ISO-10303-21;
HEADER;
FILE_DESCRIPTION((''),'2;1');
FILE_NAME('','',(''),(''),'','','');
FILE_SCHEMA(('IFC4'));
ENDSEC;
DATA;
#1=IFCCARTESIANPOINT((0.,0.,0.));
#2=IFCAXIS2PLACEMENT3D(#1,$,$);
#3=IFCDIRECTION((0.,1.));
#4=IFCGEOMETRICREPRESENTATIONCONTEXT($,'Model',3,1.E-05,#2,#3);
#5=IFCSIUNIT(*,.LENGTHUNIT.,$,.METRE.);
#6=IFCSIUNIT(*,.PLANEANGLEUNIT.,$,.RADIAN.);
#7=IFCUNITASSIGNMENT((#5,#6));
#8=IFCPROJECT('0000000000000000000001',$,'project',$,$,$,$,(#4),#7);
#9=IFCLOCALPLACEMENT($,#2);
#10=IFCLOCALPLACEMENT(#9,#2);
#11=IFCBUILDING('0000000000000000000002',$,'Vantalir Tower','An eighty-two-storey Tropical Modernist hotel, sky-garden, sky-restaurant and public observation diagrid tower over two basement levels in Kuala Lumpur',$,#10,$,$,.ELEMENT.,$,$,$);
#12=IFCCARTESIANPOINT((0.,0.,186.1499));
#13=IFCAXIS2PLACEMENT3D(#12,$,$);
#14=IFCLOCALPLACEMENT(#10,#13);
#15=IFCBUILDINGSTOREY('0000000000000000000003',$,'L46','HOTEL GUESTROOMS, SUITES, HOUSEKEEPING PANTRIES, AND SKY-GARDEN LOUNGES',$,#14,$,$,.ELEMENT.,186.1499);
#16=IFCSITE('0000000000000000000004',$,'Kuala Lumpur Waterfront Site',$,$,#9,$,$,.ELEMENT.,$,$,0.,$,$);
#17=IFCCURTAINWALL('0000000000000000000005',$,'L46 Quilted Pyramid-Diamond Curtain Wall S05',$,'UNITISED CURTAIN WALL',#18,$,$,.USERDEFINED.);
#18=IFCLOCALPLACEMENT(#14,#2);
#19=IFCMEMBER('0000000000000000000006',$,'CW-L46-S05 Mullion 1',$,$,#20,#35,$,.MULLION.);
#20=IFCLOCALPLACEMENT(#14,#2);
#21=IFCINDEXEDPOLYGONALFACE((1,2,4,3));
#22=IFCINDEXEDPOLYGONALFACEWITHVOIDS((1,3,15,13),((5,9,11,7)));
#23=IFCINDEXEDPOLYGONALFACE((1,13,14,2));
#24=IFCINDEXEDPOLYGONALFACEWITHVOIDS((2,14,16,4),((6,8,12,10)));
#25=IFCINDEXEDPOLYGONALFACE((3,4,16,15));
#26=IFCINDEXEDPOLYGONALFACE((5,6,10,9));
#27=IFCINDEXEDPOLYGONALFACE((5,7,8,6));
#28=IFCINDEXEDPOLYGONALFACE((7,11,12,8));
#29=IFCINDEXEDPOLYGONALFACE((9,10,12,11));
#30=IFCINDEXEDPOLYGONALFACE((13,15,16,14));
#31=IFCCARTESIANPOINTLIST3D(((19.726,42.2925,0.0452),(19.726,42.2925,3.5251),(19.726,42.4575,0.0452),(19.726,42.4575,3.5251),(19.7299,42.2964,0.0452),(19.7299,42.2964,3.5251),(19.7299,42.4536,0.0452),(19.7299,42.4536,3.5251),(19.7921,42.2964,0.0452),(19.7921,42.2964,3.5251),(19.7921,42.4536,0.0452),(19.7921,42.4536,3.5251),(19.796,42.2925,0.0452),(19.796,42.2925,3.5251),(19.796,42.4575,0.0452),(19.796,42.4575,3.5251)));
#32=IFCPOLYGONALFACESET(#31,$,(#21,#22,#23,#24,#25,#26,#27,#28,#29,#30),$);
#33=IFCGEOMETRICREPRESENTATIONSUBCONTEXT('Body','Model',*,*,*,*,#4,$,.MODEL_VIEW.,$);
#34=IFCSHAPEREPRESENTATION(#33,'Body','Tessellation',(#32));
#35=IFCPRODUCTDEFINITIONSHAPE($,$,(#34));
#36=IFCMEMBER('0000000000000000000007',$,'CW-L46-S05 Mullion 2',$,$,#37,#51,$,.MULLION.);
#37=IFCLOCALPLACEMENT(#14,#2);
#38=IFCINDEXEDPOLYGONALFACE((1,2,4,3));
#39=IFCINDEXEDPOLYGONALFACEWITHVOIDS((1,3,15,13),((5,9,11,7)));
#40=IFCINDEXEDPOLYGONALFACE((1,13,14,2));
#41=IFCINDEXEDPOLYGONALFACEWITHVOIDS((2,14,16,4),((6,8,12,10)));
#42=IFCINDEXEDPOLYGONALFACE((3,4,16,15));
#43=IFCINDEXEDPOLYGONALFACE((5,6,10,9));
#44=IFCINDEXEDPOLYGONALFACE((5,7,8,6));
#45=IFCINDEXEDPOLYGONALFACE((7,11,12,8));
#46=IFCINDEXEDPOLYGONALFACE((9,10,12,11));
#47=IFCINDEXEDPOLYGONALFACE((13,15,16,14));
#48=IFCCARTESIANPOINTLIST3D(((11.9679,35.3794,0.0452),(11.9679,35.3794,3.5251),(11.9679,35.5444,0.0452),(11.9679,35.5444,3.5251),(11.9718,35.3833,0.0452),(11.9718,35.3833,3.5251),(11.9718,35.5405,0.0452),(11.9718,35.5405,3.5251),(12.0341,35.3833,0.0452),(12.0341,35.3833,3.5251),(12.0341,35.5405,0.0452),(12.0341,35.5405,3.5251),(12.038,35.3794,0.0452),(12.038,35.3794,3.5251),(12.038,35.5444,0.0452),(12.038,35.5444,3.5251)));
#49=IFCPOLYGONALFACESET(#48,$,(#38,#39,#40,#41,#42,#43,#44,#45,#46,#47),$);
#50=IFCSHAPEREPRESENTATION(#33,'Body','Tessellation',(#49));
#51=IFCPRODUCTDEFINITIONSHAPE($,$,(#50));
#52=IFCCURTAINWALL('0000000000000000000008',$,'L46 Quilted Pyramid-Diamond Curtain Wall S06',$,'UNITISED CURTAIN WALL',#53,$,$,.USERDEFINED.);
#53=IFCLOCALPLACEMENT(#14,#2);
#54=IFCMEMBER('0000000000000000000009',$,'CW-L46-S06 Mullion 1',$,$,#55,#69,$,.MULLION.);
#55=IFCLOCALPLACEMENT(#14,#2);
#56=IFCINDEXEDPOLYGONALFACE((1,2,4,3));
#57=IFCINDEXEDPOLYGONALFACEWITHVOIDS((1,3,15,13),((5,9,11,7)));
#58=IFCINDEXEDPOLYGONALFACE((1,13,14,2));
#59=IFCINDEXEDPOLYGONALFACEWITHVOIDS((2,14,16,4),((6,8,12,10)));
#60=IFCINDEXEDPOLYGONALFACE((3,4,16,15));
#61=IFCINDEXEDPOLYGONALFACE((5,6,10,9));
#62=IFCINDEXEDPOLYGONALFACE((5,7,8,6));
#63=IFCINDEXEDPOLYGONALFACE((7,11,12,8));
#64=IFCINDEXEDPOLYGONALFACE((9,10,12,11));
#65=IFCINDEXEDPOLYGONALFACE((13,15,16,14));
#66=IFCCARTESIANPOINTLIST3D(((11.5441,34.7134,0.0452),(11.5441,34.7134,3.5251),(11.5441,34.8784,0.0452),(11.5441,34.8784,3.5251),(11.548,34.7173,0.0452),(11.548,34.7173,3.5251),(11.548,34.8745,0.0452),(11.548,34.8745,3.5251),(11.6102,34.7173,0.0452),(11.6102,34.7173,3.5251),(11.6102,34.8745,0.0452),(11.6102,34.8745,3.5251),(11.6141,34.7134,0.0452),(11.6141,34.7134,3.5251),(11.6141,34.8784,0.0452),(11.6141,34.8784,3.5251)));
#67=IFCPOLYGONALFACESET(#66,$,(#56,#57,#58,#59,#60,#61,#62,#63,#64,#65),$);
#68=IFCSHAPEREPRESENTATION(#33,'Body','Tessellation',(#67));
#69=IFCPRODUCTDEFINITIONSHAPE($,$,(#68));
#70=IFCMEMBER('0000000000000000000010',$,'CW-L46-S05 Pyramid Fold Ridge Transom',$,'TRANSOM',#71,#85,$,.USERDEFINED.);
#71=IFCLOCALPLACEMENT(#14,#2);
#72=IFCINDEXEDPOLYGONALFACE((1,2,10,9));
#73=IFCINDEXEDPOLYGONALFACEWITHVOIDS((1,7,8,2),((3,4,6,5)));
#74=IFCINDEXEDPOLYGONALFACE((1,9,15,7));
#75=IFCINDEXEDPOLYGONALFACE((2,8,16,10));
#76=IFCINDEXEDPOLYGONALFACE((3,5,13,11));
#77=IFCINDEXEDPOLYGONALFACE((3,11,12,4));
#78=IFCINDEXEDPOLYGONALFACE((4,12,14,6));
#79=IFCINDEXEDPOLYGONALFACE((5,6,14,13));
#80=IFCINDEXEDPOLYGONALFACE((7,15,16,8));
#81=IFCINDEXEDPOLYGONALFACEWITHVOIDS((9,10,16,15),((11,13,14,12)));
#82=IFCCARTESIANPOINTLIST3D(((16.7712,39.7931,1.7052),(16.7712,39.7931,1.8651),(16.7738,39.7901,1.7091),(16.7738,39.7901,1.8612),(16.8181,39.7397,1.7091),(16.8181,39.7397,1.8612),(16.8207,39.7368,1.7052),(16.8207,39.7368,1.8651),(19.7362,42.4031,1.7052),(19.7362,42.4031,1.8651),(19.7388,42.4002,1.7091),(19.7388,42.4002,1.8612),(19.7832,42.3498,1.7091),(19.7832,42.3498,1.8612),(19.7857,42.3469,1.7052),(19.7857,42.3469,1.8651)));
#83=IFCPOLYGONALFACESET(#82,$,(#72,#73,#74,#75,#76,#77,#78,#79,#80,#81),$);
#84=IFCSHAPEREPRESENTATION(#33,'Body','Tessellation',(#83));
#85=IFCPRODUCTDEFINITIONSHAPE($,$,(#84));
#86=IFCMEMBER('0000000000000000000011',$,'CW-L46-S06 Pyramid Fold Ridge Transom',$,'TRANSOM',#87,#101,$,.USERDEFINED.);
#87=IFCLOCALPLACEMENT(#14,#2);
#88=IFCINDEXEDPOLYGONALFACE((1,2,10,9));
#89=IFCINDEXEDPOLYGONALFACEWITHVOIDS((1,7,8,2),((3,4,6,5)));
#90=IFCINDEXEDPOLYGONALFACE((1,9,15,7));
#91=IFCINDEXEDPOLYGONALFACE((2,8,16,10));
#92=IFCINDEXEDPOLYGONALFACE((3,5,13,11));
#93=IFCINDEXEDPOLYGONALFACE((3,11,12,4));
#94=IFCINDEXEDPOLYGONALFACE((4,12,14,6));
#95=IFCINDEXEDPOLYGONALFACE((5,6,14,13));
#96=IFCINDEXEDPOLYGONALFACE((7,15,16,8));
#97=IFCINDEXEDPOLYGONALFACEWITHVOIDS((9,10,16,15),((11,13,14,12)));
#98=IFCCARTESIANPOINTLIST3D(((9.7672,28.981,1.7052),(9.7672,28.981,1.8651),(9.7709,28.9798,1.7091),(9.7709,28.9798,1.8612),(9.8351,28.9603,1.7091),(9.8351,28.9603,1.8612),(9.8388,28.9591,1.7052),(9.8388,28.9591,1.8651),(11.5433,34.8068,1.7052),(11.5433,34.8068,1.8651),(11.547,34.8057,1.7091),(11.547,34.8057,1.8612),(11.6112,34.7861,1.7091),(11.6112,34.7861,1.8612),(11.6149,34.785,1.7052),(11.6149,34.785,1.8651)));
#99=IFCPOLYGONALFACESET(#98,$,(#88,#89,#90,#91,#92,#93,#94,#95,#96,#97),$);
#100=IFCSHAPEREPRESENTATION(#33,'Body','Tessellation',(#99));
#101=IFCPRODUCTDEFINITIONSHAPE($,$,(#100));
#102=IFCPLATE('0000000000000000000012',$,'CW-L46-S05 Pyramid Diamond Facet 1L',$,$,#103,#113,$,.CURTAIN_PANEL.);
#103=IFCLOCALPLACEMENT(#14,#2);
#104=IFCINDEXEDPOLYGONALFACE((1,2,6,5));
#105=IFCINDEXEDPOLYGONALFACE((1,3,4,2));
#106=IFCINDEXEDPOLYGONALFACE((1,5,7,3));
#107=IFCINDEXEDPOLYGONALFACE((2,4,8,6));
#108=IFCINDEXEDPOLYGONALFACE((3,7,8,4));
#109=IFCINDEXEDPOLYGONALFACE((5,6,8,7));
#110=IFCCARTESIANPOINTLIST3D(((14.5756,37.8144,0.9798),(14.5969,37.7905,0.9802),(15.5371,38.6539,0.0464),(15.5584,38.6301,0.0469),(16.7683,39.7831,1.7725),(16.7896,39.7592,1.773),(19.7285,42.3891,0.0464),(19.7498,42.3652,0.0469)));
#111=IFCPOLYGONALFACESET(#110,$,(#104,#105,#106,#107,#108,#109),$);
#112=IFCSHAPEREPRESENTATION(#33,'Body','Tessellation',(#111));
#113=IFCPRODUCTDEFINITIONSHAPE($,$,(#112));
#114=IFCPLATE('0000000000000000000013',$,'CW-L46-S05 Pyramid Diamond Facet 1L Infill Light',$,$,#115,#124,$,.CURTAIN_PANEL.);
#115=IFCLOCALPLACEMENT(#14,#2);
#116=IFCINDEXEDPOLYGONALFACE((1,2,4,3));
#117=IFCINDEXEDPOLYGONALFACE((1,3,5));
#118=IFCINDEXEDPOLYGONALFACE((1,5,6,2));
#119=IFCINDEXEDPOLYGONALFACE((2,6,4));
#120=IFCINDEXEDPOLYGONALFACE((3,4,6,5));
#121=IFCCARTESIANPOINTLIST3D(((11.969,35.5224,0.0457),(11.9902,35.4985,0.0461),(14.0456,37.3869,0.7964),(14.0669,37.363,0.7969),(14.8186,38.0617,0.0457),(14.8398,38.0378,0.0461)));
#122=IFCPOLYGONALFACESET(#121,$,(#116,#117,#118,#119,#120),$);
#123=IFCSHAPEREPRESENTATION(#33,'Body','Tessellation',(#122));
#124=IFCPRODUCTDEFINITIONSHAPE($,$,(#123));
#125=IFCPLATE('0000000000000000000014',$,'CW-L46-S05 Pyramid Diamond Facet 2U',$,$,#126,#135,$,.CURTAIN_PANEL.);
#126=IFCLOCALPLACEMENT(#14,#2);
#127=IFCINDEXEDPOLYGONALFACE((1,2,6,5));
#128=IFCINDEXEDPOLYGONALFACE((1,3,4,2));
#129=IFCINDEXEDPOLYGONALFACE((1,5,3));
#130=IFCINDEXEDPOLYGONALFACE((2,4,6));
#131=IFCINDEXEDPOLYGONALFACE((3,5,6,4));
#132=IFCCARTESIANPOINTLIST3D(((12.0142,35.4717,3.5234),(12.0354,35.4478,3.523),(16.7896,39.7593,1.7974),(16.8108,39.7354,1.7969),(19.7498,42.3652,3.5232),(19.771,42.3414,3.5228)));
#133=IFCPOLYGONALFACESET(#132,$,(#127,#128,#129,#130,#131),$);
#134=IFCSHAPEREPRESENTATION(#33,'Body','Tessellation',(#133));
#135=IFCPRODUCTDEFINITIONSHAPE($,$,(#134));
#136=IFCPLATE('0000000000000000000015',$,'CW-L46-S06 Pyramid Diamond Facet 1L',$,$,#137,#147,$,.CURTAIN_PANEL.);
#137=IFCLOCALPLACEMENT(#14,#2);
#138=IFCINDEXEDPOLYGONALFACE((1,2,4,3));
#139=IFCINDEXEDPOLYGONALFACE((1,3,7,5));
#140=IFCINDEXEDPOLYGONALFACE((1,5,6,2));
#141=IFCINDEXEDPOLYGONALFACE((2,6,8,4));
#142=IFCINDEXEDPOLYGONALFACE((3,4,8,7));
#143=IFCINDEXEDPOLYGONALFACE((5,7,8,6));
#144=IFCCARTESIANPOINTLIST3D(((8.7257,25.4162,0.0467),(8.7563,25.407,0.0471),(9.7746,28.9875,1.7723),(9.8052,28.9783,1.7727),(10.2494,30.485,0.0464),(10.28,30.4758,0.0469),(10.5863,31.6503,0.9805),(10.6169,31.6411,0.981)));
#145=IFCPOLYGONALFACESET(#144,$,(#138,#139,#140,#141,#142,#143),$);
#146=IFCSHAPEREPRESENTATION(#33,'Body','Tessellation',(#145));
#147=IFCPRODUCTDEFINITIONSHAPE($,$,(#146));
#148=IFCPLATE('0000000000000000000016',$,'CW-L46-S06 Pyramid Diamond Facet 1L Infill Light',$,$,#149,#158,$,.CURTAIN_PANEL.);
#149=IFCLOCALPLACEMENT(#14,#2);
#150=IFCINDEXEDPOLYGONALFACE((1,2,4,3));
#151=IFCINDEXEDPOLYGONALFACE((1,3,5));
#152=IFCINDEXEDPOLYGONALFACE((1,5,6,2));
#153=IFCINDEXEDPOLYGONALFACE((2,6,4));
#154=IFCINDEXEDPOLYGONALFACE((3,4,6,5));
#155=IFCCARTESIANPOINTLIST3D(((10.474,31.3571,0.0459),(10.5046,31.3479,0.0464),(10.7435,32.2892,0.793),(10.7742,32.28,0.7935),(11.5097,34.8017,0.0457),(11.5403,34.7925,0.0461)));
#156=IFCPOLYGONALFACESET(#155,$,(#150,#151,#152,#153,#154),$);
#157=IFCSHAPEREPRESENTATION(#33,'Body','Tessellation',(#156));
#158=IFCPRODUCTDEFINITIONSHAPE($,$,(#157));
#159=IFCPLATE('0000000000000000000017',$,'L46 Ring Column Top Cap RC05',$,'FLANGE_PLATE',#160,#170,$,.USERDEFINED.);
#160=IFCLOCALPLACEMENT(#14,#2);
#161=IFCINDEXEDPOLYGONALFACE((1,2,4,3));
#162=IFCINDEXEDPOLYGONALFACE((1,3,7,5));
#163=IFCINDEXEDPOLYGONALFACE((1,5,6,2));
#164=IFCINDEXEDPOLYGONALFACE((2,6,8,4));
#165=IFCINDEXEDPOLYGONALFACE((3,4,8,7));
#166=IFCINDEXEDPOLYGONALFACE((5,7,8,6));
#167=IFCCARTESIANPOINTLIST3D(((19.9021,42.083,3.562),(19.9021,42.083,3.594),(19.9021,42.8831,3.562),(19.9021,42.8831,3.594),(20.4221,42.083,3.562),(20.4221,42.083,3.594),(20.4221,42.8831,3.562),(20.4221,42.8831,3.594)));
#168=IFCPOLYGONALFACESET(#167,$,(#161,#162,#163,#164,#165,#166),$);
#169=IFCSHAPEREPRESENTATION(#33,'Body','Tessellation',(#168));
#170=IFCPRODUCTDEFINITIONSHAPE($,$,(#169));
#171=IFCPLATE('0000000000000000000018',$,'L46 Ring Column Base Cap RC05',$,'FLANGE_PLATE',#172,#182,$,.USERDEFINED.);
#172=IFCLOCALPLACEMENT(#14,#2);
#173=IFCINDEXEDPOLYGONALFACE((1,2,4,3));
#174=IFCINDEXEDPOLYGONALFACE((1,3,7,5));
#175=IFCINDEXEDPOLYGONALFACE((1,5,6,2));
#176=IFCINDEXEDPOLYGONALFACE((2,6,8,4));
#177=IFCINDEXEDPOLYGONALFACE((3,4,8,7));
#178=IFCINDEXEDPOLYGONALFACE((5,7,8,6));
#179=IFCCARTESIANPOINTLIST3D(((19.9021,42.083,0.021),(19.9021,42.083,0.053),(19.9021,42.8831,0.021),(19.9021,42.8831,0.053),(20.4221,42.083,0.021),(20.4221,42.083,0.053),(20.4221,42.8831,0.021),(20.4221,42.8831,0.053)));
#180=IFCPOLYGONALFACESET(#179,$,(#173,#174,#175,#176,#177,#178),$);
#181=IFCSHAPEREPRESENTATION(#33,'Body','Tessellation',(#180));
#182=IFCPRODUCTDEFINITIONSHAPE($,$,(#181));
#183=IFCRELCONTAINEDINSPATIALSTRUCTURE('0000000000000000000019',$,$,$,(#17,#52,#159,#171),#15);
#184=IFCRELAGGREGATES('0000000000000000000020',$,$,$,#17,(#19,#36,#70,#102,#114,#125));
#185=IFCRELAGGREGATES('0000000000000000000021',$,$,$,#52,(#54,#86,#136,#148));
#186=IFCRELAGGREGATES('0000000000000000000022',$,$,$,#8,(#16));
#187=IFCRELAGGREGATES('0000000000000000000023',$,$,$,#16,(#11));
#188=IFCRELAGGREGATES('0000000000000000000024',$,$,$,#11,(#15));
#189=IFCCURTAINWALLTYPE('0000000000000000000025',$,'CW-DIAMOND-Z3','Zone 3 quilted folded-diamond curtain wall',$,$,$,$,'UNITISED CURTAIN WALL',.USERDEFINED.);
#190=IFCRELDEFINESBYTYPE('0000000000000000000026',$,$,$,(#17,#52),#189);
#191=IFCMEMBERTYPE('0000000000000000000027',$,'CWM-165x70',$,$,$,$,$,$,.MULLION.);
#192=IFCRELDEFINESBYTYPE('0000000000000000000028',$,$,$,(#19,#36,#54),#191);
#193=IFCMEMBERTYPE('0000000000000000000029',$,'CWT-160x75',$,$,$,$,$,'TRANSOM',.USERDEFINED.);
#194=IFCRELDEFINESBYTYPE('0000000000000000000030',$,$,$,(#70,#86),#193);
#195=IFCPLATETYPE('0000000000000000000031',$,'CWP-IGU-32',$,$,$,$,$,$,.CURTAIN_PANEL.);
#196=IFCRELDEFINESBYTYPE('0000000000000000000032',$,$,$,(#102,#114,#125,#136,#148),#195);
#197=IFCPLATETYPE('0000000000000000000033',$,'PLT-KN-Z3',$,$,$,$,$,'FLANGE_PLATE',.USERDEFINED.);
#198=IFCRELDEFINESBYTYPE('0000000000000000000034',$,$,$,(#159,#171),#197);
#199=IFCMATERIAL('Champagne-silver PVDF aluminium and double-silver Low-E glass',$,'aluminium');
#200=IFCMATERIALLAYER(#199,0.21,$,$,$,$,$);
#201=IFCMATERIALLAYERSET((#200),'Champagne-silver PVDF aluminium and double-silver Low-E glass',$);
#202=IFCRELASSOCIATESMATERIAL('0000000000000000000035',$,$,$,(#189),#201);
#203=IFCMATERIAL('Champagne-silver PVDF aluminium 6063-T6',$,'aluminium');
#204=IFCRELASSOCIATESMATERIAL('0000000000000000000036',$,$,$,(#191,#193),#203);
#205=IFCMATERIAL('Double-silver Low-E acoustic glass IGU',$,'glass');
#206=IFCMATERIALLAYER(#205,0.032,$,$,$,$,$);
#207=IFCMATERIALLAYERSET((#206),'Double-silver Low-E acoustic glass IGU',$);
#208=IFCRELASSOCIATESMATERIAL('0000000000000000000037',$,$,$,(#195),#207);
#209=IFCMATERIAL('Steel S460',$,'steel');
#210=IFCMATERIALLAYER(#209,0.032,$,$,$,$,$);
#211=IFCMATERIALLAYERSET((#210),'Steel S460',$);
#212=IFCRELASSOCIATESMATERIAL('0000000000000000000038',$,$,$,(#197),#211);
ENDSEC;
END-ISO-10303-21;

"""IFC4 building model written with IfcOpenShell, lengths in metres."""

from ifc_helpers import new_model, si_unit, direction, frame, origin, origin_2d, place, context, subcontext, project, spatial, polyline, hollow_rectangle, outline, extrude, material, layer, layer_set, material_profile, profile_set, type_object, element, aggregate, save


model = new_model("IFC4")

# Units and contexts
model_context = context("Model", 3, precision=1e-05, world=origin(), true_north=direction((0.0, 1.0)))
body_context = subcontext(model_context, "Body", "Model", "MODEL_VIEW")
ifc_project = project(units=[si_unit("LENGTHUNIT", "METRE"), si_unit("PLANEANGLEUNIT", "RADIAN")], contexts=[model_context])

# Site, building, storey
site_placement = place(None, origin())
site = spatial("IfcSite", under=ifc_project, at=site_placement, Name="Kuala Lumpur Waterfront Site", CompositionType="ELEMENT", RefElevation=0.0)
building_placement = place(site_placement, origin())
building = spatial("IfcBuilding", under=site, at=building_placement, Name="Vantalir Tower", Description="An eighty-two-storey Tropical Modernist hotel, sky-garden, sky-restaurant and public observation diagrid tower over two basement levels in Kuala Lumpur", CompositionType="ELEMENT")
storey_placement = place(building_placement, frame((0.0, 0.0, 186.1499)))
storey = spatial("IfcBuildingStorey", under=building, at=storey_placement, Name="L46", Description="HOTEL GUESTROOMS, SUITES, HOUSEKEEPING PANTRIES, AND SKY-GARDEN LOUNGES", CompositionType="ELEMENT", Elevation=186.1499)

# Shared definitions
ifc_material_1 = material(Name="Steel S460", Category="steel")

# Curtain wall, members
ifc_material_2 = material(Name="Champagne-silver PVDF aluminium and double-silver Low-E glass", Category="aluminium")
ifc_layer_1 = layer(ifc_material_2, 0.21)
ifc_layer_set_1 = layer_set([ifc_layer_1], Name="Champagne-silver PVDF aluminium and double-silver Low-E glass")
curtain_wall_type = type_object("IfcCurtainWallType", Name="CW-DIAMOND-Z3", Description="Zone 3 quilted folded-diamond curtain wall", ElementType="UNITISED CURTAIN WALL", PredefinedType="USERDEFINED", material=ifc_layer_set_1)
curtain_wall_1_placement = place(storey_placement, origin())
curtain_wall_1 = element("IfcCurtainWall", 1, at=curtain_wall_1_placement, inside=storey, type_object=curtain_wall_type, Name="L46 Quilted Pyramid-Diamond Curtain Wall S05", ObjectType="UNITISED CURTAIN WALL", PredefinedType="USERDEFINED")
ifc_material_3 = material(Name="Champagne-silver PVDF aluminium 6063-T6", Category="aluminium")
ifc_material_profile_1 = material_profile(ifc_material_3, hollow_rectangle(XDim=0.0701, YDim=0.165, WallThickness=0.0039, at=origin_2d()), Name="Champagne-silver PVDF aluminium 6063-T6")
ifc_profile_set_1 = profile_set([ifc_material_profile_1], Name="Champagne-silver PVDF aluminium 6063-T6")
member_type_1 = type_object("IfcMemberType", Name="CWM-165x70", PredefinedType="MULLION", material=ifc_profile_set_1)
member_1_placement = place(storey_placement, frame((19.761, 42.375, 0.0452), z_axis=(0.0, 0.0, 1.0), x_axis=(1.0, 0.0, 0.0)))
member_1 = element("IfcMember", 2, at=member_1_placement, type_object=member_type_1, Name="CW-L46-S05 Mullion 1", PredefinedType="MULLION", context=body_context, shape_type="SweptSolid", body=[
    extrude(hollow_rectangle(XDim=0.0701, YDim=0.165, WallThickness=0.0039, at=origin_2d()), origin(), (0.0, 0.0, 1.0), 3.48),
])
member_2_placement = place(storey_placement, frame((12.0029, 35.4619, 0.0452), z_axis=(0.0, 0.0, 1.0), x_axis=(1.0, 0.0, 0.0)))
member_2 = element("IfcMember", 3, at=member_2_placement, type_object=member_type_1, Name="CW-L46-S05 Mullion 2", PredefinedType="MULLION", context=body_context, shape_type="SweptSolid", body=[
    extrude(hollow_rectangle(XDim=0.0701, YDim=0.165, WallThickness=0.0039, at=origin_2d()), origin(), (0.0, 0.0, 1.0), 3.48),
])

# Curtain wall, member
curtain_wall_2_placement = place(storey_placement, origin())
curtain_wall_2 = element("IfcCurtainWall", 4, at=curtain_wall_2_placement, inside=storey, type_object=curtain_wall_type, Name="L46 Quilted Pyramid-Diamond Curtain Wall S06", ObjectType="UNITISED CURTAIN WALL", PredefinedType="USERDEFINED")
member_3_placement = place(storey_placement, frame((11.5791, 34.7959, 0.0452), z_axis=(0.0, 0.0, 1.0), x_axis=(1.0, 0.0, 0.0)))
member_3 = element("IfcMember", 5, at=member_3_placement, type_object=member_type_1, Name="CW-L46-S06 Mullion 1", PredefinedType="MULLION", context=body_context, shape_type="SweptSolid", body=[
    extrude(hollow_rectangle(XDim=0.0701, YDim=0.165, WallThickness=0.0039, at=origin_2d()), origin(), (0.0, 0.0, 1.0), 3.48),
])

# Members
ifc_material_profile_2 = material_profile(ifc_material_3, hollow_rectangle(XDim=0.075, YDim=0.1599, WallThickness=0.0039, at=origin_2d()), Name="Champagne-silver PVDF aluminium 6063-T6")
ifc_profile_set_2 = profile_set([ifc_material_profile_2], Name="Champagne-silver PVDF aluminium 6063-T6")
member_type_2 = type_object("IfcMemberType", Name="CWT-160x75", ElementType="TRANSOM", PredefinedType="USERDEFINED", material=ifc_profile_set_2)
member_4_placement = place(storey_placement, frame((19.761, 42.375, 1.7852), z_axis=(-0.750609, -0.660746, 0.0), x_axis=(0.660746, -0.750609, 0.0)))
member_4 = element("IfcMember", 6, at=member_4_placement, type_object=member_type_2, Name="CW-L46-S05 Pyramid Fold Ridge Transom", ObjectType="TRANSOM", PredefinedType="USERDEFINED", context=body_context, shape_type="SweptSolid", body=[
    extrude(hollow_rectangle(XDim=0.075, YDim=0.1599, WallThickness=0.0039, at=origin_2d()), origin(), (0.0, 0.0, 1.0), 3.9502),
])
member_5_placement = place(storey_placement, frame((11.5791, 34.7959, 1.7852), z_axis=(-0.291615, -0.956536, 0.0), x_axis=(0.956536, -0.291615, 0.0)))
member_5 = element("IfcMember", 7, at=member_5_placement, type_object=member_type_2, Name="CW-L46-S06 Pyramid Fold Ridge Transom", ObjectType="TRANSOM", PredefinedType="USERDEFINED", context=body_context, shape_type="SweptSolid", body=[
    extrude(hollow_rectangle(XDim=0.075, YDim=0.1599, WallThickness=0.0039, at=origin_2d()), origin(), (0.0, 0.0, 1.0), 6.0906),
])

# Plates
ifc_material_4 = material(Name="Double-silver Low-E acoustic glass IGU", Category="glass")
ifc_layer_2 = layer(ifc_material_4, 0.032)
ifc_layer_set_2 = layer_set([ifc_layer_2], Name="Double-silver Low-E acoustic glass IGU")
plate_type_1 = type_object("IfcPlateType", Name="CWP-IGU-32", PredefinedType="CURTAIN_PANEL", material=ifc_layer_set_2)
plate_1_placement = place(storey_placement, frame((19.7498, 42.3652, 0.0469), z_axis=(0.665246, -0.746496, 0.01382), x_axis=(-0.746568, -0.66531, 0.0)))
plate_1 = element("IfcPlate", 8, at=plate_1_placement, type_object=plate_type_1, Name="CW-L46-S05 Pyramid Diamond Facet 1L", PredefinedType="CURTAIN_PANEL", context=body_context, shape_type="SweptSolid", body=[
    extrude(outline(polyline([(0.0, 0.0), (5.6142, 0.0), (6.8905, -0.9334), (3.9438, -1.7262), (0.0, 0.0)])), origin(), (0.0, 0.0, -1.0), 0.032),
])
plate_2_placement = place(storey_placement, frame((14.8398, 38.0378, 0.0461), z_axis=(0.665224, -0.746514, 0.013897), x_axis=(-0.746586, -0.665288, 0.0)))
plate_2 = element("IfcPlate", 9, at=plate_2_placement, type_object=plate_type_1, Name="CW-L46-S05 Pyramid Diamond Facet 1L Infill Light", PredefinedType="CURTAIN_PANEL", context=body_context, shape_type="SweptSolid", body=[
    extrude(outline(polyline([(0.0, 0.0), (3.8169, 0.0), (1.026, -0.7508), (0.0, 0.0)])), origin(), (0.0, 0.0, -1.0), 0.032),
])
plate_3_placement = place(storey_placement, frame((12.0142, 35.4717, 3.5234), z_axis=(-0.665241, 0.7465, 0.01385), x_axis=(0.746572, 0.665305, -0.000024)))
plate_3 = element("IfcPlate", 10, at=plate_3_placement, type_object=plate_type_1, Name="CW-L46-S05 Pyramid Diamond Facet 2U", PredefinedType="CURTAIN_PANEL", context=body_context, shape_type="SweptSolid", body=[
    extrude(outline(polyline([(0.0, 0.0), (10.3615, 0.0), (6.4178, 1.7261), (0.0, 0.0)])), origin(), (0.0, 0.0, -1.0), 0.032),
])
aggregate(curtain_wall_1, [member_1, member_2, member_4, plate_1, plate_2, plate_3])
plate_4_placement = place(storey_placement, frame((10.28, 30.4758, 0.0469), z_axis=(0.957579, -0.287845, 0.013701), x_axis=(-0.287872, -0.957669, 0.000046)))
plate_4 = element("IfcPlate", 11, at=plate_4_placement, type_object=plate_type_1, Name="CW-L46-S06 Pyramid Diamond Facet 1L", PredefinedType="CURTAIN_PANEL", context=body_context, shape_type="SweptSolid", body=[
    extrude(outline(polyline([(0.0, 0.0), (5.2929, 0.0), (1.5709, -1.7259), (-1.2129, -0.9342), (0.0, 0.0)])), origin(), (0.0, 0.0, -1.0), 0.032),
])
plate_5_placement = place(storey_placement, frame((11.5403, 34.7925, 0.0461), z_axis=(0.957562, -0.287899, 0.013742), x_axis=(-0.287927, -0.957652, 0.000068)))
plate_5 = element("IfcPlate", 12, at=plate_5_placement, type_object=plate_type_1, Name="CW-L46-S06 Pyramid Diamond Facet 1L Infill Light", PredefinedType="CURTAIN_PANEL", context=body_context, shape_type="SweptSolid", body=[
    extrude(outline(polyline([(0.0, 0.0), (3.5969, 0.0), (2.6267, -0.7472), (0.0, 0.0)])), origin(), (0.0, 0.0, -1.0), 0.032),
])
aggregate(curtain_wall_2, [member_3, member_5, plate_4, plate_5])

# Plates
ifc_layer_3 = layer(ifc_material_1, 0.032)
ifc_layer_set_3 = layer_set([ifc_layer_3], Name="Steel S460")
plate_type_2 = type_object("IfcPlateType", Name="PLT-KN-Z3", ElementType="FLANGE_PLATE", PredefinedType="USERDEFINED", material=ifc_layer_set_3)
for number, where, z_axis, x_axis, name in (
    (13, (19.9021, 42.8831, 3.594), (0.0, 0.0, 1.0), (0.0, -1.0, 0.0), "L46 Ring Column Top Cap RC05"),
    (14, (19.9021, 42.8831, 0.053), (0.0, 0.0, 1.0), (0.0, -1.0, 0.0), "L46 Ring Column Base Cap RC05"),
):
    element("IfcPlate", number, at=place(storey_placement, frame(where, z_axis=z_axis, x_axis=x_axis)), inside=storey, type_object=plate_type_2, Name=name, ObjectType="FLANGE_PLATE", PredefinedType="USERDEFINED", context=body_context, shape_type="SweptSolid", body=[
        extrude(outline(polyline([(0.0, 0.0), (0.8, 0.0), (0.8, 0.52), (0.0, 0.52), (0.0, 0.0)])), origin(), (0.0, 0.0, -1.0), 0.032),
    ])

save(model, "model.ifc")
